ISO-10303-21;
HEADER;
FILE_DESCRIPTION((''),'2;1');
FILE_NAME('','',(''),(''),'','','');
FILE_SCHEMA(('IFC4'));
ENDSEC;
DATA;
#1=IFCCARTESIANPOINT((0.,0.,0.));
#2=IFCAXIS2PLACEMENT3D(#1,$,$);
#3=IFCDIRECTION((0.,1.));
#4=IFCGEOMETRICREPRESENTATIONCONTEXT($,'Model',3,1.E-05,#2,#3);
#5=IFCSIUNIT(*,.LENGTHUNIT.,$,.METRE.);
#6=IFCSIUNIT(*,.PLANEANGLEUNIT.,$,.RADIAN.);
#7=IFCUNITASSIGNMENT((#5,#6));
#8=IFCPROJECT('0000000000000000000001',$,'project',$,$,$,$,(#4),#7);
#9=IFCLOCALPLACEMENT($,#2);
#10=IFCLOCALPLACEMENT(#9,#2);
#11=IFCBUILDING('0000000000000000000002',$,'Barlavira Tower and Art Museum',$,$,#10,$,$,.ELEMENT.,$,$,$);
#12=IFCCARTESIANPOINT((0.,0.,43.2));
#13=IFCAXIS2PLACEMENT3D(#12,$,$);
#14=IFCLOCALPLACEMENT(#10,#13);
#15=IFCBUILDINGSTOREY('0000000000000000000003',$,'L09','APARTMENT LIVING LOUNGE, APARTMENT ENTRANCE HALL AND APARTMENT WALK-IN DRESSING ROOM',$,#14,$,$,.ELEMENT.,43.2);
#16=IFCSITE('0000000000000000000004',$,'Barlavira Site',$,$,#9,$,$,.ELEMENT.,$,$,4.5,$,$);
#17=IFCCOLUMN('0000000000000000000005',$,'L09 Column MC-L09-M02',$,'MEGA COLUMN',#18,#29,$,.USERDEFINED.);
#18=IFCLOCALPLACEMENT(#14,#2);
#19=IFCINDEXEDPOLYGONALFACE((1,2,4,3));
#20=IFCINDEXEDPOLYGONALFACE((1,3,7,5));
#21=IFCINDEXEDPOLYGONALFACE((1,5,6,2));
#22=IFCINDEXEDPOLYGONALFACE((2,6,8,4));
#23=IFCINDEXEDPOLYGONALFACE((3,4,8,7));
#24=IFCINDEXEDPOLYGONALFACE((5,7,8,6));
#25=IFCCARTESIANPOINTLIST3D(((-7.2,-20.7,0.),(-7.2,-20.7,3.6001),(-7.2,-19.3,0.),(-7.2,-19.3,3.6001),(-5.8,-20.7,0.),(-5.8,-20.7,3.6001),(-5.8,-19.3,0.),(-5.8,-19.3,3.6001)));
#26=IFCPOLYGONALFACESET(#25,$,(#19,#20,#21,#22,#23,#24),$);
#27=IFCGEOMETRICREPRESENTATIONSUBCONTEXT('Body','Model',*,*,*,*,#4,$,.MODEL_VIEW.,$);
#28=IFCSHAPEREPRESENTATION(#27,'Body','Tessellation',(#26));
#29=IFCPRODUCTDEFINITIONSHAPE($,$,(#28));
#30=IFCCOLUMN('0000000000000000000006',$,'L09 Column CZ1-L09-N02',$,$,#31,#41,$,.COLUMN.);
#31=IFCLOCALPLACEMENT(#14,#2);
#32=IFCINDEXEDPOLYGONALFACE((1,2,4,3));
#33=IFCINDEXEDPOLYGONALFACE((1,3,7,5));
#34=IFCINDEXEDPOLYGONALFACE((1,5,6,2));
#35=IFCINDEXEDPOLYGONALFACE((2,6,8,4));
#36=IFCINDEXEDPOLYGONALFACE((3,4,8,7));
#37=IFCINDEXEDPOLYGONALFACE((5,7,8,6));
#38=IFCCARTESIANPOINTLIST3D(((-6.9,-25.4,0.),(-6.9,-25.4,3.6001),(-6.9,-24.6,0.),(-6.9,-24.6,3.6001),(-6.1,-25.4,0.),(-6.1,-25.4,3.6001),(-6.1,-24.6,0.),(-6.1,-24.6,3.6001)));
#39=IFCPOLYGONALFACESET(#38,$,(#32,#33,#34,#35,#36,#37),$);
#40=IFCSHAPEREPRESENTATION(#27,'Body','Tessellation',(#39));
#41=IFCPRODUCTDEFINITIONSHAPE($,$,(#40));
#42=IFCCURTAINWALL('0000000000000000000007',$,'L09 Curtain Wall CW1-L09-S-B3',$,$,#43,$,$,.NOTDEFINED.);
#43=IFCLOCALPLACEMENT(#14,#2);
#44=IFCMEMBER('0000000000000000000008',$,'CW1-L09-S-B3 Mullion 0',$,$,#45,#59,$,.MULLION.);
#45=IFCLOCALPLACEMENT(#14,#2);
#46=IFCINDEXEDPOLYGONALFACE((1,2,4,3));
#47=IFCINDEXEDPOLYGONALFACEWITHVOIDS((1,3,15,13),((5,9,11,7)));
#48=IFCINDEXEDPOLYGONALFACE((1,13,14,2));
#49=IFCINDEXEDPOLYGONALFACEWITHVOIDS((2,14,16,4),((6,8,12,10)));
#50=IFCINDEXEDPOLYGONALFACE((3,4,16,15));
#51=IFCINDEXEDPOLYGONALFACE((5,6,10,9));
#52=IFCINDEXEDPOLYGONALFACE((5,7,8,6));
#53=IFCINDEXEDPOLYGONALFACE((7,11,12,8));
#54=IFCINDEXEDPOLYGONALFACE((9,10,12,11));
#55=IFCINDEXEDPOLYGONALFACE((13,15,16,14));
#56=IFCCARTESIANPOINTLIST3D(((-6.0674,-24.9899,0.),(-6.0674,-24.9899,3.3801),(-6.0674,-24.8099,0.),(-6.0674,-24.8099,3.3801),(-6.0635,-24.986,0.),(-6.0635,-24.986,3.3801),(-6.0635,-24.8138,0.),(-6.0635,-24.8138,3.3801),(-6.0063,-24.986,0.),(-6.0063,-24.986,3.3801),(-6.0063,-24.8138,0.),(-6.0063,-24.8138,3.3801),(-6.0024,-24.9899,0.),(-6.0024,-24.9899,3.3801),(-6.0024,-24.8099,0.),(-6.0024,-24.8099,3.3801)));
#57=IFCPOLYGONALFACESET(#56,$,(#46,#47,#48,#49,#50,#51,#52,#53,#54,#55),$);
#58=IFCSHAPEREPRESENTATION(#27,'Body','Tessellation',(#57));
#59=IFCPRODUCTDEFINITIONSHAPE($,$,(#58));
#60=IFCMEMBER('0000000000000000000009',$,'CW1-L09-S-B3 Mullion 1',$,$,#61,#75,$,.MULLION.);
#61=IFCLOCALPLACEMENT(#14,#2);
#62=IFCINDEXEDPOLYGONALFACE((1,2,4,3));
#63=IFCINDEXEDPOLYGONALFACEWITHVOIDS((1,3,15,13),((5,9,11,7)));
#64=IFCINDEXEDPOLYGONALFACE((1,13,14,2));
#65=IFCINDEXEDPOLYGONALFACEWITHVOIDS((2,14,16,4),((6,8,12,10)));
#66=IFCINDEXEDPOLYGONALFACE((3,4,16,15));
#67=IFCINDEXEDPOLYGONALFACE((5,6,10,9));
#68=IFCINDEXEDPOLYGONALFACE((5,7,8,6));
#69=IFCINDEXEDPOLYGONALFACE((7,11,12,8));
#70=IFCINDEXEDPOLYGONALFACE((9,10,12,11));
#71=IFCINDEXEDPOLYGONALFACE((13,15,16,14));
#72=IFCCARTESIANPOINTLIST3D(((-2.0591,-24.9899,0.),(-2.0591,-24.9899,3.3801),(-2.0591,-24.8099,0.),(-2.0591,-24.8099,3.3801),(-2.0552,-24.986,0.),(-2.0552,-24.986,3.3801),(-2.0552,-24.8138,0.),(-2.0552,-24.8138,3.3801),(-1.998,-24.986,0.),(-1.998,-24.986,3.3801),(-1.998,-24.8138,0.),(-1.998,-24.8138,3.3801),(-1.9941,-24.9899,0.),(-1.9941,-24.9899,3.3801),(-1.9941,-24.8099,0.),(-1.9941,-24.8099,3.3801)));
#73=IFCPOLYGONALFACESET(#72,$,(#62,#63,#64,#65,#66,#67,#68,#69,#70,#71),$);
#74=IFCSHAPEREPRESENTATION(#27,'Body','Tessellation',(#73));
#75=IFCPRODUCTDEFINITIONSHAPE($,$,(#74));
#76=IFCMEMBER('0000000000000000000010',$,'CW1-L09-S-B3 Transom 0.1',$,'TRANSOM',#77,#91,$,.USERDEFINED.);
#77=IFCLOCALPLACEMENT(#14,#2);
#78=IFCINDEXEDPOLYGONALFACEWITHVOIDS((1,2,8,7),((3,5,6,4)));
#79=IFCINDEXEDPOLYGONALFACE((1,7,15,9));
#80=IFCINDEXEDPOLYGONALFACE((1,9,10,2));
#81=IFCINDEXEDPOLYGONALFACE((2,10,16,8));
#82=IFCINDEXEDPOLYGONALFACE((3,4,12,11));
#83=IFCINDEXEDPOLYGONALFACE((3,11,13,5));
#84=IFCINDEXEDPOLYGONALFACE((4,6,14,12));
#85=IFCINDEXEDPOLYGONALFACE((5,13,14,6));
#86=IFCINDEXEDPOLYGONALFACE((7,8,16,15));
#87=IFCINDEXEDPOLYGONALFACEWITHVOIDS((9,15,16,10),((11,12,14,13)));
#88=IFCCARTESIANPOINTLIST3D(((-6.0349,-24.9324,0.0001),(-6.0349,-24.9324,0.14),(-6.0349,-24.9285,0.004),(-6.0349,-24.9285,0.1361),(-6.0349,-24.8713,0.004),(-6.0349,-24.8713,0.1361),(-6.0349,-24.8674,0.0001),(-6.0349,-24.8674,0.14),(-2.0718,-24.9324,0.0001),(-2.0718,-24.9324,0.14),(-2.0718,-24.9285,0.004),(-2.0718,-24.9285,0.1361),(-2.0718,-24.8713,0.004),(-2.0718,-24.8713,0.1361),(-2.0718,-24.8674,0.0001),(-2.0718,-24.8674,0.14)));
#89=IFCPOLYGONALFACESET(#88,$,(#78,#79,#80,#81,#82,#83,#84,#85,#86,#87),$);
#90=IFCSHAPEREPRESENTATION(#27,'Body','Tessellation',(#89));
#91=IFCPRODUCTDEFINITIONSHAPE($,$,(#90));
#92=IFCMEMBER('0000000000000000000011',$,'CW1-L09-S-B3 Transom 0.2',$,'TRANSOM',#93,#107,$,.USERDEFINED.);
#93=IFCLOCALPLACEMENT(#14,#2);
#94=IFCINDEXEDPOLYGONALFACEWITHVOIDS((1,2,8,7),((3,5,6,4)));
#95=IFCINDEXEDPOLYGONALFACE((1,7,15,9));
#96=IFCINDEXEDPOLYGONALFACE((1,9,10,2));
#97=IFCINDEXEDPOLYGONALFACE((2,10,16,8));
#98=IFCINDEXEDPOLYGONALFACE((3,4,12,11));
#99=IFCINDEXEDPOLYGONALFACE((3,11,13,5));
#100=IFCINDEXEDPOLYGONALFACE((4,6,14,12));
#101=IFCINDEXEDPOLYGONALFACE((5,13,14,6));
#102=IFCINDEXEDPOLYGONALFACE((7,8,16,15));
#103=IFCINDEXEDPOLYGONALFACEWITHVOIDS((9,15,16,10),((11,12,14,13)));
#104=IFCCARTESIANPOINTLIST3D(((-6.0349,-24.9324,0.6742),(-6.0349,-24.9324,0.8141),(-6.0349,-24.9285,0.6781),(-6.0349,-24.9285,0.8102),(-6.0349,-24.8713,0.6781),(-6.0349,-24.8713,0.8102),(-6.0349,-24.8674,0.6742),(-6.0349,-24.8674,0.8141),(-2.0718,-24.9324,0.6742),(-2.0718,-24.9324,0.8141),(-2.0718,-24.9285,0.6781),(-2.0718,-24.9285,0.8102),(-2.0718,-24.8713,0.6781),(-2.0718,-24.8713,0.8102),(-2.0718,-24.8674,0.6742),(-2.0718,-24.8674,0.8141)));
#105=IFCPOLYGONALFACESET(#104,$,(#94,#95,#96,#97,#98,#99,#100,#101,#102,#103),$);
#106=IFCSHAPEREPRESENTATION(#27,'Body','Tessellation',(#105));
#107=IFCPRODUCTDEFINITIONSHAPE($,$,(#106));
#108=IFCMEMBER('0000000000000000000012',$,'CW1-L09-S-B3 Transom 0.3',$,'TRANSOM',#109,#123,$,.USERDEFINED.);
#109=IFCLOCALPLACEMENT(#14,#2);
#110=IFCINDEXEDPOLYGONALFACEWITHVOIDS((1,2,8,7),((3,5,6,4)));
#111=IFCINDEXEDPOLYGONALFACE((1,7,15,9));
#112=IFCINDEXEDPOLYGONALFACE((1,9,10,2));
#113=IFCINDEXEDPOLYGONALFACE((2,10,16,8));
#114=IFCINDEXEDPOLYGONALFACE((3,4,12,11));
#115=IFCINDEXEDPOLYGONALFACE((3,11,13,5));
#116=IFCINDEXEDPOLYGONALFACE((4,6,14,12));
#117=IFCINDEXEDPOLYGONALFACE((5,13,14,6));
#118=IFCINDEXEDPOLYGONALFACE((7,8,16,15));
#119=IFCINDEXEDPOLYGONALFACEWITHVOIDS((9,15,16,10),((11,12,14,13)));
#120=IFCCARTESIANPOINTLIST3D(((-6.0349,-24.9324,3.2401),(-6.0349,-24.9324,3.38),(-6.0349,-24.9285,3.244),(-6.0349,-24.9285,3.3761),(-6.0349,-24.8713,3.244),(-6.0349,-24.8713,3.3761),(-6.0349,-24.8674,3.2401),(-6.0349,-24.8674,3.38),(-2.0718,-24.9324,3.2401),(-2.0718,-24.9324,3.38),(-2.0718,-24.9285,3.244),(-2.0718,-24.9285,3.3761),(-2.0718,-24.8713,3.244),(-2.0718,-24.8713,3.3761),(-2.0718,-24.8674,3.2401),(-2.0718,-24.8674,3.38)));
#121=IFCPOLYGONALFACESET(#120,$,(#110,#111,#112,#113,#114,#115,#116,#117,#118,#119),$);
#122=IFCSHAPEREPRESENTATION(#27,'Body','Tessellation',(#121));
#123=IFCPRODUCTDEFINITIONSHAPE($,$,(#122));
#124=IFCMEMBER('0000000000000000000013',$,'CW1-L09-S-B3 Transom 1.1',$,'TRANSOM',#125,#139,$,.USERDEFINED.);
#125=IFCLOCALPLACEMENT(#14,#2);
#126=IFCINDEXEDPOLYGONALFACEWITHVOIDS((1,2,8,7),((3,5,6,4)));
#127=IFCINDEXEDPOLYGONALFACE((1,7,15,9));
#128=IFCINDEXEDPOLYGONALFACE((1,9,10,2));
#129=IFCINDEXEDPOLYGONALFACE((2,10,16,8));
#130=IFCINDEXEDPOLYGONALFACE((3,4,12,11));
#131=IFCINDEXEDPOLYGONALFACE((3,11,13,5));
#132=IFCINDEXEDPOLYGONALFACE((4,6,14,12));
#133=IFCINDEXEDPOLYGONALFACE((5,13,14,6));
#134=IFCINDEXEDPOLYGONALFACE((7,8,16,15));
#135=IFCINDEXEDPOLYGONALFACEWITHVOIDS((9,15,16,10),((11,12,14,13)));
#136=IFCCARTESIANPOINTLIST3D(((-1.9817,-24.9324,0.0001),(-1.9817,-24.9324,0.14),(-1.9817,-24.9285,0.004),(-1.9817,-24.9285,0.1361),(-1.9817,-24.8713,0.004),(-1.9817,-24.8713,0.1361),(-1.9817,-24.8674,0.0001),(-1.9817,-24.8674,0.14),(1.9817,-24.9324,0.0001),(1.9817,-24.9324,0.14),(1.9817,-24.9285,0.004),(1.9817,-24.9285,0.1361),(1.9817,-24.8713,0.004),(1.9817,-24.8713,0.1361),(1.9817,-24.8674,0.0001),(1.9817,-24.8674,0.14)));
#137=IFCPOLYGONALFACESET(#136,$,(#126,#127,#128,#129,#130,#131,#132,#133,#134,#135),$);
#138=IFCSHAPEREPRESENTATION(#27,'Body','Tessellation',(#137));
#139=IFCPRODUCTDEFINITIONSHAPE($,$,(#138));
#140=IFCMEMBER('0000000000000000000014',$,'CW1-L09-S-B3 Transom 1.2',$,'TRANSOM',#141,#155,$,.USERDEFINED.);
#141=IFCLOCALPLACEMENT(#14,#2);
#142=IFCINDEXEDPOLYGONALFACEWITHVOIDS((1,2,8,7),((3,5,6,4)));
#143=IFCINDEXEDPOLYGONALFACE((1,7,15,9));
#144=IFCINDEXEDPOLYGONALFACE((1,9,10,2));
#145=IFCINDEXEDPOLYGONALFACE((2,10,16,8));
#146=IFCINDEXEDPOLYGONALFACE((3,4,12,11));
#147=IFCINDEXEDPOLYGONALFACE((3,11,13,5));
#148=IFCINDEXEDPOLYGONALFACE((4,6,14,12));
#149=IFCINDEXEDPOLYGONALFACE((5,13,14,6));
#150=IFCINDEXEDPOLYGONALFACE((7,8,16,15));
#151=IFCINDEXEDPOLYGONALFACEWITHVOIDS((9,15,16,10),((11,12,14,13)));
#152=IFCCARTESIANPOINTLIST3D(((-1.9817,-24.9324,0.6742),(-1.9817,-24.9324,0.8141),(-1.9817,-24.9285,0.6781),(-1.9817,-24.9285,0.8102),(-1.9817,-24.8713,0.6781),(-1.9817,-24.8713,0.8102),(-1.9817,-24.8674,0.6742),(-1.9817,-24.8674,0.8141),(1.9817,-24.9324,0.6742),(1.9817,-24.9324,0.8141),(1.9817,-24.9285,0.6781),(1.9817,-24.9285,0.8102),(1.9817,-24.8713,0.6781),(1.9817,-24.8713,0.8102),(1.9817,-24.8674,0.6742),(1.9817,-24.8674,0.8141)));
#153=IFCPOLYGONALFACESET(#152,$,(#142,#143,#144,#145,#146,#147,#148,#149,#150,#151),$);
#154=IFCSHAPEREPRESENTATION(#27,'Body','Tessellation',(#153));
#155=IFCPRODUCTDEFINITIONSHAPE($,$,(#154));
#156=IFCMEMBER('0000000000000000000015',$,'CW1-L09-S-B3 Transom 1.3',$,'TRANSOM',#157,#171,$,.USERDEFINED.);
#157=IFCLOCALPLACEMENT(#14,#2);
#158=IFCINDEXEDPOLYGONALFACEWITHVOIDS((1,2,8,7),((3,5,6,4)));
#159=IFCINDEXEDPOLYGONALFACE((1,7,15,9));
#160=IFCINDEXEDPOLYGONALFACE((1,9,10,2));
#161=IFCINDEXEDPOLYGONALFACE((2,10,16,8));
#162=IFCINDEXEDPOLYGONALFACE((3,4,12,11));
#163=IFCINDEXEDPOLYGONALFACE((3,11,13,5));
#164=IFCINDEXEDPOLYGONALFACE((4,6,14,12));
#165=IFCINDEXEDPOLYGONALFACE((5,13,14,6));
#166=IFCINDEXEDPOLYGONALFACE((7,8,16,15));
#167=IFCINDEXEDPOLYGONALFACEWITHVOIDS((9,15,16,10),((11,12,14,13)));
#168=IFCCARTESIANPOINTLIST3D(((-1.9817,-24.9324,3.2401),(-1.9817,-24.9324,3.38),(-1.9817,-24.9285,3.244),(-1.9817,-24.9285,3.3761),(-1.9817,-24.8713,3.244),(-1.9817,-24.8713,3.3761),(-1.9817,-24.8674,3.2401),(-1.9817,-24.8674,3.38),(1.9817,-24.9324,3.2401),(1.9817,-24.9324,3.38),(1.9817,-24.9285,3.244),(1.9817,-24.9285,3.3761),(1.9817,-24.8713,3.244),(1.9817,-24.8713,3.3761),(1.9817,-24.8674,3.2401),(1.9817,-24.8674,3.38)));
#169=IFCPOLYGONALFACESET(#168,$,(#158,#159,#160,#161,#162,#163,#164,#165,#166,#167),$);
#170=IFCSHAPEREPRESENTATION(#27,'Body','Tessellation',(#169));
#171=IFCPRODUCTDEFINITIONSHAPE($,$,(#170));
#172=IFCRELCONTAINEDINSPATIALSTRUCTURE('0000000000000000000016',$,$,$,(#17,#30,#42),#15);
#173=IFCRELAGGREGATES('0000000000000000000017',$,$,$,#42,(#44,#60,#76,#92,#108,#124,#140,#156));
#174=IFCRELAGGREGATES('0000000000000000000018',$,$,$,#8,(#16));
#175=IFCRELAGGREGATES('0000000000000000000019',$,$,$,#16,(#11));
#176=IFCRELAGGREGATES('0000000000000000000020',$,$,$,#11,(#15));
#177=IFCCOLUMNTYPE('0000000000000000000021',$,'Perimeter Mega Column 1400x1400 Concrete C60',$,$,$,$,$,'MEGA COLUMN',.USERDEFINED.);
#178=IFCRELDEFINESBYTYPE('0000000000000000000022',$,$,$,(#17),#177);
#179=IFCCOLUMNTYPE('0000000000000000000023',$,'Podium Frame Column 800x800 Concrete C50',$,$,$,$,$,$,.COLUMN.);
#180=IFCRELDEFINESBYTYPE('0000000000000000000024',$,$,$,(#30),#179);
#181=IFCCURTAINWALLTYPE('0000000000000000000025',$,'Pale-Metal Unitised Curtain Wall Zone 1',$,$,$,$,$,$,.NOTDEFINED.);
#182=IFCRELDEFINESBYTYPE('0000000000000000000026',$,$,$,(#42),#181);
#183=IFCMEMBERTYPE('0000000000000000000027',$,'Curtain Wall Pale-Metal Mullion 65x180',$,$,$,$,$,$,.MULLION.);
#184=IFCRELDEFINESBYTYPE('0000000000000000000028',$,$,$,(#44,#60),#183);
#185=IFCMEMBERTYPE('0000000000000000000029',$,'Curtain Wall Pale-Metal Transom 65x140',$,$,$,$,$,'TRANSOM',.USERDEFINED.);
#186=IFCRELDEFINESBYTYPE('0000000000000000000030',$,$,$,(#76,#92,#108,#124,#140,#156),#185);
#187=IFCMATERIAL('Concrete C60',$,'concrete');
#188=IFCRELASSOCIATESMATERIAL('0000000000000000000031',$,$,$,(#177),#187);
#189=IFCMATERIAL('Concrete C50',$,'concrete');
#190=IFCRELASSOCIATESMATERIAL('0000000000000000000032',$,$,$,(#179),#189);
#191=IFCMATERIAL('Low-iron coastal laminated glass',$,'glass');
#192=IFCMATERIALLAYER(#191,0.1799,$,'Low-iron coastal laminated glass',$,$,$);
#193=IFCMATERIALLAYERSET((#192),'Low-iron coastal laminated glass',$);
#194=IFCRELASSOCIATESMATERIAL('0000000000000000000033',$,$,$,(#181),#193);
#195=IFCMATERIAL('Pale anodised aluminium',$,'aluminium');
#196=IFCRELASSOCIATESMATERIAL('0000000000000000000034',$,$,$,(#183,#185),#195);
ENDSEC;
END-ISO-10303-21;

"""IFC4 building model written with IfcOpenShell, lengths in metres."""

from ifc_helpers import new_model, si_unit, direction, frame, origin, origin_2d, place, context, subcontext, project, spatial, rectangle, hollow_rectangle, extrude, material, layer, layer_set, material_profile, profile_set, type_object, element, aggregate, save


model = new_model("IFC4")

# Units and contexts
model_context = context("Model", 3, precision=1e-05, world=origin(), true_north=direction((0.0, 1.0)))
body_context = subcontext(model_context, "Body", "Model", "MODEL_VIEW")
ifc_project = project(units=[si_unit("LENGTHUNIT", "METRE"), si_unit("PLANEANGLEUNIT", "RADIAN")], contexts=[model_context])

# Site, building, storey
site_placement = place(None, origin())
site = spatial("IfcSite", under=ifc_project, at=site_placement, Name="Barlavira Site", CompositionType="ELEMENT", RefElevation=4.5)
building_placement = place(site_placement, origin())
building = spatial("IfcBuilding", under=site, at=building_placement, Name="Barlavira Tower and Art Museum", CompositionType="ELEMENT")
storey_placement = place(building_placement, frame((0.0, 0.0, 43.2)))
storey = spatial("IfcBuildingStorey", under=building, at=storey_placement, Name="L09", Description="APARTMENT LIVING LOUNGE, APARTMENT ENTRANCE HALL AND APARTMENT WALK-IN DRESSING ROOM", CompositionType="ELEMENT", Elevation=43.2)

# Columns
ifc_material_1 = material(Name="Concrete C60", Category="concrete")
ifc_material_profile_1 = material_profile(ifc_material_1, rectangle(XDim=1.3999, YDim=1.3999, at=origin_2d()), Name="RC-MCOL 1400x1400")
ifc_profile_set_1 = profile_set([ifc_material_profile_1], Name="Concrete C60")
column_type_1 = type_object("IfcColumnType", Name="Perimeter Mega Column 1400x1400 Concrete C60", ElementType="MEGA COLUMN", PredefinedType="USERDEFINED", material=ifc_profile_set_1)
column_1_placement = place(storey_placement, frame((-6.5, -20.0, 0.0), z_axis=(0.0, 0.0, 1.0), x_axis=(1.0, 0.0, 0.0)))
element("IfcColumn", 1, at=column_1_placement, inside=storey, type_object=column_type_1, Name="L09 Column MC-L09-M02", ObjectType="MEGA COLUMN", PredefinedType="USERDEFINED", context=body_context, shape_type="SweptSolid", body=[
    extrude(rectangle(XDim=1.3999, YDim=1.3999, at=origin_2d()), origin(), (0.0, 0.0, 1.0), 3.6001),
])
ifc_material_2 = material(Name="Concrete C50", Category="concrete")
ifc_material_profile_2 = material_profile(ifc_material_2, rectangle(XDim=0.8, YDim=0.8, at=origin_2d()), Name="RC-COL 800x800")
ifc_profile_set_2 = profile_set([ifc_material_profile_2], Name="Concrete C50")
column_type_2 = type_object("IfcColumnType", Name="Podium Frame Column 800x800 Concrete C50", PredefinedType="COLUMN", material=ifc_profile_set_2)
column_2_placement = place(storey_placement, frame((-6.5, -25.0, 0.0), z_axis=(0.0, 0.0, 1.0), x_axis=(1.0, 0.0, 0.0)))
element("IfcColumn", 2, at=column_2_placement, inside=storey, type_object=column_type_2, Name="L09 Column CZ1-L09-N02", PredefinedType="COLUMN", context=body_context, shape_type="SweptSolid", body=[
    extrude(rectangle(XDim=0.8, YDim=0.8, at=origin_2d()), origin(), (0.0, 0.0, 1.0), 3.6001),
])

# Curtain wall, members
ifc_material_3 = material(Name="Low-iron coastal laminated glass", Category="glass")
ifc_layer_1 = layer(ifc_material_3, 0.1799, Name="Low-iron coastal laminated glass")
ifc_layer_set_1 = layer_set([ifc_layer_1], Name="Low-iron coastal laminated glass")
curtain_wall_type = type_object("IfcCurtainWallType", Name="Pale-Metal Unitised Curtain Wall Zone 1", PredefinedType="NOTDEFINED", material=ifc_layer_set_1)
curtain_wall_placement = place(storey_placement, origin())
curtain_wall = element("IfcCurtainWall", 3, at=curtain_wall_placement, inside=storey, type_object=curtain_wall_type, Name="L09 Curtain Wall CW1-L09-S-B3", PredefinedType="NOTDEFINED")
ifc_material_4 = material(Name="Pale anodised aluminium", Category="aluminium")
ifc_material_profile_3 = material_profile(ifc_material_4, hollow_rectangle(XDim=0.0649, YDim=0.1799, WallThickness=0.0039, at=origin_2d()), Name="ALU-MULL 65x180x4")
ifc_profile_set_3 = profile_set([ifc_material_profile_3], Name="Pale anodised aluminium")
member_type_1 = type_object("IfcMemberType", Name="Curtain Wall Pale-Metal Mullion 65x180", PredefinedType="MULLION", material=ifc_profile_set_3)
member_1_placement = place(storey_placement, frame((-6.0349, -24.8999, 0.0), z_axis=(0.0, 0.0, 1.0), x_axis=(1.0, 0.0, 0.0)))
member_1 = element("IfcMember", 4, at=member_1_placement, type_object=member_type_1, Name="CW1-L09-S-B3 Mullion 0", PredefinedType="MULLION", context=body_context, shape_type="SweptSolid", body=[
    extrude(hollow_rectangle(XDim=0.0649, YDim=0.1799, WallThickness=0.0039, at=origin_2d()), origin(), (0.0, 0.0, 1.0), 3.3801),
])
member_2_placement = place(storey_placement, frame((-2.0266, -24.8999, 0.0), z_axis=(0.0, 0.0, 1.0), x_axis=(1.0, 0.0, 0.0)))
member_2 = element("IfcMember", 5, at=member_2_placement, type_object=member_type_1, Name="CW1-L09-S-B3 Mullion 1", PredefinedType="MULLION", context=body_context, shape_type="SweptSolid", body=[
    extrude(hollow_rectangle(XDim=0.0649, YDim=0.1799, WallThickness=0.0039, at=origin_2d()), origin(), (0.0, 0.0, 1.0), 3.3801),
])
ifc_material_profile_4 = material_profile(ifc_material_4, hollow_rectangle(XDim=0.0649, YDim=0.1399, WallThickness=0.0039, at=origin_2d()), Name="ALU-TRAN 65x140x4")
ifc_profile_set_4 = profile_set([ifc_material_profile_4], Name="Pale anodised aluminium")
member_type_2 = type_object("IfcMemberType", Name="Curtain Wall Pale-Metal Transom 65x140", ElementType="TRANSOM", PredefinedType="USERDEFINED", material=ifc_profile_set_4)
member_3_placement = place(storey_placement, frame((-6.0349, -24.8999, 0.0701), z_axis=(1.0, 0.0, 0.0), x_axis=(0.0, 1.0, 0.0)))
member_3 = element("IfcMember", 6, at=member_3_placement, type_object=member_type_2, Name="CW1-L09-S-B3 Transom 0.1", ObjectType="TRANSOM", PredefinedType="USERDEFINED", context=body_context, shape_type="SweptSolid", body=[
    extrude(hollow_rectangle(XDim=0.0649, YDim=0.1399, WallThickness=0.0039, at=origin_2d()), origin(), (0.0, 0.0, 1.0), 3.9631),
])
member_4_placement = place(storey_placement, frame((-6.0349, -24.8999, 0.7441), z_axis=(1.0, 0.0, 0.0), x_axis=(0.0, 1.0, 0.0)))
member_4 = element("IfcMember", 7, at=member_4_placement, type_object=member_type_2, Name="CW1-L09-S-B3 Transom 0.2", ObjectType="TRANSOM", PredefinedType="USERDEFINED", context=body_context, shape_type="SweptSolid", body=[
    extrude(hollow_rectangle(XDim=0.0649, YDim=0.1399, WallThickness=0.0039, at=origin_2d()), origin(), (0.0, 0.0, 1.0), 3.9631),
])
member_5_placement = place(storey_placement, frame((-6.0349, -24.8999, 3.3101), z_axis=(1.0, 0.0, 0.0), x_axis=(0.0, 1.0, 0.0)))
member_5 = element("IfcMember", 8, at=member_5_placement, type_object=member_type_2, Name="CW1-L09-S-B3 Transom 0.3", ObjectType="TRANSOM", PredefinedType="USERDEFINED", context=body_context, shape_type="SweptSolid", body=[
    extrude(hollow_rectangle(XDim=0.0649, YDim=0.1399, WallThickness=0.0039, at=origin_2d()), origin(), (0.0, 0.0, 1.0), 3.9631),
])
member_6_placement = place(storey_placement, frame((-1.9817, -24.8999, 0.0701), z_axis=(1.0, 0.0, 0.0), x_axis=(0.0, 1.0, 0.0)))
member_6 = element("IfcMember", 9, at=member_6_placement, type_object=member_type_2, Name="CW1-L09-S-B3 Transom 1.1", ObjectType="TRANSOM", PredefinedType="USERDEFINED", context=body_context, shape_type="SweptSolid", body=[
    extrude(hollow_rectangle(XDim=0.0649, YDim=0.1399, WallThickness=0.0039, at=origin_2d()), origin(), (0.0, 0.0, 1.0), 3.9634),
])
member_7_placement = place(storey_placement, frame((-1.9817, -24.8999, 0.7441), z_axis=(1.0, 0.0, 0.0), x_axis=(0.0, 1.0, 0.0)))
member_7 = element("IfcMember", 10, at=member_7_placement, type_object=member_type_2, Name="CW1-L09-S-B3 Transom 1.2", ObjectType="TRANSOM", PredefinedType="USERDEFINED", context=body_context, shape_type="SweptSolid", body=[
    extrude(hollow_rectangle(XDim=0.0649, YDim=0.1399, WallThickness=0.0039, at=origin_2d()), origin(), (0.0, 0.0, 1.0), 3.9634),
])
member_8_placement = place(storey_placement, frame((-1.9817, -24.8999, 3.3101), z_axis=(1.0, 0.0, 0.0), x_axis=(0.0, 1.0, 0.0)))
member_8 = element("IfcMember", 11, at=member_8_placement, type_object=member_type_2, Name="CW1-L09-S-B3 Transom 1.3", ObjectType="TRANSOM", PredefinedType="USERDEFINED", context=body_context, shape_type="SweptSolid", body=[
    extrude(hollow_rectangle(XDim=0.0649, YDim=0.1399, WallThickness=0.0039, at=origin_2d()), origin(), (0.0, 0.0, 1.0), 3.9634),
])

aggregate(curtain_wall, [member_1, member_2, member_3, member_4, member_5, member_6, member_7, member_8])

save(model, "model.ifc")
